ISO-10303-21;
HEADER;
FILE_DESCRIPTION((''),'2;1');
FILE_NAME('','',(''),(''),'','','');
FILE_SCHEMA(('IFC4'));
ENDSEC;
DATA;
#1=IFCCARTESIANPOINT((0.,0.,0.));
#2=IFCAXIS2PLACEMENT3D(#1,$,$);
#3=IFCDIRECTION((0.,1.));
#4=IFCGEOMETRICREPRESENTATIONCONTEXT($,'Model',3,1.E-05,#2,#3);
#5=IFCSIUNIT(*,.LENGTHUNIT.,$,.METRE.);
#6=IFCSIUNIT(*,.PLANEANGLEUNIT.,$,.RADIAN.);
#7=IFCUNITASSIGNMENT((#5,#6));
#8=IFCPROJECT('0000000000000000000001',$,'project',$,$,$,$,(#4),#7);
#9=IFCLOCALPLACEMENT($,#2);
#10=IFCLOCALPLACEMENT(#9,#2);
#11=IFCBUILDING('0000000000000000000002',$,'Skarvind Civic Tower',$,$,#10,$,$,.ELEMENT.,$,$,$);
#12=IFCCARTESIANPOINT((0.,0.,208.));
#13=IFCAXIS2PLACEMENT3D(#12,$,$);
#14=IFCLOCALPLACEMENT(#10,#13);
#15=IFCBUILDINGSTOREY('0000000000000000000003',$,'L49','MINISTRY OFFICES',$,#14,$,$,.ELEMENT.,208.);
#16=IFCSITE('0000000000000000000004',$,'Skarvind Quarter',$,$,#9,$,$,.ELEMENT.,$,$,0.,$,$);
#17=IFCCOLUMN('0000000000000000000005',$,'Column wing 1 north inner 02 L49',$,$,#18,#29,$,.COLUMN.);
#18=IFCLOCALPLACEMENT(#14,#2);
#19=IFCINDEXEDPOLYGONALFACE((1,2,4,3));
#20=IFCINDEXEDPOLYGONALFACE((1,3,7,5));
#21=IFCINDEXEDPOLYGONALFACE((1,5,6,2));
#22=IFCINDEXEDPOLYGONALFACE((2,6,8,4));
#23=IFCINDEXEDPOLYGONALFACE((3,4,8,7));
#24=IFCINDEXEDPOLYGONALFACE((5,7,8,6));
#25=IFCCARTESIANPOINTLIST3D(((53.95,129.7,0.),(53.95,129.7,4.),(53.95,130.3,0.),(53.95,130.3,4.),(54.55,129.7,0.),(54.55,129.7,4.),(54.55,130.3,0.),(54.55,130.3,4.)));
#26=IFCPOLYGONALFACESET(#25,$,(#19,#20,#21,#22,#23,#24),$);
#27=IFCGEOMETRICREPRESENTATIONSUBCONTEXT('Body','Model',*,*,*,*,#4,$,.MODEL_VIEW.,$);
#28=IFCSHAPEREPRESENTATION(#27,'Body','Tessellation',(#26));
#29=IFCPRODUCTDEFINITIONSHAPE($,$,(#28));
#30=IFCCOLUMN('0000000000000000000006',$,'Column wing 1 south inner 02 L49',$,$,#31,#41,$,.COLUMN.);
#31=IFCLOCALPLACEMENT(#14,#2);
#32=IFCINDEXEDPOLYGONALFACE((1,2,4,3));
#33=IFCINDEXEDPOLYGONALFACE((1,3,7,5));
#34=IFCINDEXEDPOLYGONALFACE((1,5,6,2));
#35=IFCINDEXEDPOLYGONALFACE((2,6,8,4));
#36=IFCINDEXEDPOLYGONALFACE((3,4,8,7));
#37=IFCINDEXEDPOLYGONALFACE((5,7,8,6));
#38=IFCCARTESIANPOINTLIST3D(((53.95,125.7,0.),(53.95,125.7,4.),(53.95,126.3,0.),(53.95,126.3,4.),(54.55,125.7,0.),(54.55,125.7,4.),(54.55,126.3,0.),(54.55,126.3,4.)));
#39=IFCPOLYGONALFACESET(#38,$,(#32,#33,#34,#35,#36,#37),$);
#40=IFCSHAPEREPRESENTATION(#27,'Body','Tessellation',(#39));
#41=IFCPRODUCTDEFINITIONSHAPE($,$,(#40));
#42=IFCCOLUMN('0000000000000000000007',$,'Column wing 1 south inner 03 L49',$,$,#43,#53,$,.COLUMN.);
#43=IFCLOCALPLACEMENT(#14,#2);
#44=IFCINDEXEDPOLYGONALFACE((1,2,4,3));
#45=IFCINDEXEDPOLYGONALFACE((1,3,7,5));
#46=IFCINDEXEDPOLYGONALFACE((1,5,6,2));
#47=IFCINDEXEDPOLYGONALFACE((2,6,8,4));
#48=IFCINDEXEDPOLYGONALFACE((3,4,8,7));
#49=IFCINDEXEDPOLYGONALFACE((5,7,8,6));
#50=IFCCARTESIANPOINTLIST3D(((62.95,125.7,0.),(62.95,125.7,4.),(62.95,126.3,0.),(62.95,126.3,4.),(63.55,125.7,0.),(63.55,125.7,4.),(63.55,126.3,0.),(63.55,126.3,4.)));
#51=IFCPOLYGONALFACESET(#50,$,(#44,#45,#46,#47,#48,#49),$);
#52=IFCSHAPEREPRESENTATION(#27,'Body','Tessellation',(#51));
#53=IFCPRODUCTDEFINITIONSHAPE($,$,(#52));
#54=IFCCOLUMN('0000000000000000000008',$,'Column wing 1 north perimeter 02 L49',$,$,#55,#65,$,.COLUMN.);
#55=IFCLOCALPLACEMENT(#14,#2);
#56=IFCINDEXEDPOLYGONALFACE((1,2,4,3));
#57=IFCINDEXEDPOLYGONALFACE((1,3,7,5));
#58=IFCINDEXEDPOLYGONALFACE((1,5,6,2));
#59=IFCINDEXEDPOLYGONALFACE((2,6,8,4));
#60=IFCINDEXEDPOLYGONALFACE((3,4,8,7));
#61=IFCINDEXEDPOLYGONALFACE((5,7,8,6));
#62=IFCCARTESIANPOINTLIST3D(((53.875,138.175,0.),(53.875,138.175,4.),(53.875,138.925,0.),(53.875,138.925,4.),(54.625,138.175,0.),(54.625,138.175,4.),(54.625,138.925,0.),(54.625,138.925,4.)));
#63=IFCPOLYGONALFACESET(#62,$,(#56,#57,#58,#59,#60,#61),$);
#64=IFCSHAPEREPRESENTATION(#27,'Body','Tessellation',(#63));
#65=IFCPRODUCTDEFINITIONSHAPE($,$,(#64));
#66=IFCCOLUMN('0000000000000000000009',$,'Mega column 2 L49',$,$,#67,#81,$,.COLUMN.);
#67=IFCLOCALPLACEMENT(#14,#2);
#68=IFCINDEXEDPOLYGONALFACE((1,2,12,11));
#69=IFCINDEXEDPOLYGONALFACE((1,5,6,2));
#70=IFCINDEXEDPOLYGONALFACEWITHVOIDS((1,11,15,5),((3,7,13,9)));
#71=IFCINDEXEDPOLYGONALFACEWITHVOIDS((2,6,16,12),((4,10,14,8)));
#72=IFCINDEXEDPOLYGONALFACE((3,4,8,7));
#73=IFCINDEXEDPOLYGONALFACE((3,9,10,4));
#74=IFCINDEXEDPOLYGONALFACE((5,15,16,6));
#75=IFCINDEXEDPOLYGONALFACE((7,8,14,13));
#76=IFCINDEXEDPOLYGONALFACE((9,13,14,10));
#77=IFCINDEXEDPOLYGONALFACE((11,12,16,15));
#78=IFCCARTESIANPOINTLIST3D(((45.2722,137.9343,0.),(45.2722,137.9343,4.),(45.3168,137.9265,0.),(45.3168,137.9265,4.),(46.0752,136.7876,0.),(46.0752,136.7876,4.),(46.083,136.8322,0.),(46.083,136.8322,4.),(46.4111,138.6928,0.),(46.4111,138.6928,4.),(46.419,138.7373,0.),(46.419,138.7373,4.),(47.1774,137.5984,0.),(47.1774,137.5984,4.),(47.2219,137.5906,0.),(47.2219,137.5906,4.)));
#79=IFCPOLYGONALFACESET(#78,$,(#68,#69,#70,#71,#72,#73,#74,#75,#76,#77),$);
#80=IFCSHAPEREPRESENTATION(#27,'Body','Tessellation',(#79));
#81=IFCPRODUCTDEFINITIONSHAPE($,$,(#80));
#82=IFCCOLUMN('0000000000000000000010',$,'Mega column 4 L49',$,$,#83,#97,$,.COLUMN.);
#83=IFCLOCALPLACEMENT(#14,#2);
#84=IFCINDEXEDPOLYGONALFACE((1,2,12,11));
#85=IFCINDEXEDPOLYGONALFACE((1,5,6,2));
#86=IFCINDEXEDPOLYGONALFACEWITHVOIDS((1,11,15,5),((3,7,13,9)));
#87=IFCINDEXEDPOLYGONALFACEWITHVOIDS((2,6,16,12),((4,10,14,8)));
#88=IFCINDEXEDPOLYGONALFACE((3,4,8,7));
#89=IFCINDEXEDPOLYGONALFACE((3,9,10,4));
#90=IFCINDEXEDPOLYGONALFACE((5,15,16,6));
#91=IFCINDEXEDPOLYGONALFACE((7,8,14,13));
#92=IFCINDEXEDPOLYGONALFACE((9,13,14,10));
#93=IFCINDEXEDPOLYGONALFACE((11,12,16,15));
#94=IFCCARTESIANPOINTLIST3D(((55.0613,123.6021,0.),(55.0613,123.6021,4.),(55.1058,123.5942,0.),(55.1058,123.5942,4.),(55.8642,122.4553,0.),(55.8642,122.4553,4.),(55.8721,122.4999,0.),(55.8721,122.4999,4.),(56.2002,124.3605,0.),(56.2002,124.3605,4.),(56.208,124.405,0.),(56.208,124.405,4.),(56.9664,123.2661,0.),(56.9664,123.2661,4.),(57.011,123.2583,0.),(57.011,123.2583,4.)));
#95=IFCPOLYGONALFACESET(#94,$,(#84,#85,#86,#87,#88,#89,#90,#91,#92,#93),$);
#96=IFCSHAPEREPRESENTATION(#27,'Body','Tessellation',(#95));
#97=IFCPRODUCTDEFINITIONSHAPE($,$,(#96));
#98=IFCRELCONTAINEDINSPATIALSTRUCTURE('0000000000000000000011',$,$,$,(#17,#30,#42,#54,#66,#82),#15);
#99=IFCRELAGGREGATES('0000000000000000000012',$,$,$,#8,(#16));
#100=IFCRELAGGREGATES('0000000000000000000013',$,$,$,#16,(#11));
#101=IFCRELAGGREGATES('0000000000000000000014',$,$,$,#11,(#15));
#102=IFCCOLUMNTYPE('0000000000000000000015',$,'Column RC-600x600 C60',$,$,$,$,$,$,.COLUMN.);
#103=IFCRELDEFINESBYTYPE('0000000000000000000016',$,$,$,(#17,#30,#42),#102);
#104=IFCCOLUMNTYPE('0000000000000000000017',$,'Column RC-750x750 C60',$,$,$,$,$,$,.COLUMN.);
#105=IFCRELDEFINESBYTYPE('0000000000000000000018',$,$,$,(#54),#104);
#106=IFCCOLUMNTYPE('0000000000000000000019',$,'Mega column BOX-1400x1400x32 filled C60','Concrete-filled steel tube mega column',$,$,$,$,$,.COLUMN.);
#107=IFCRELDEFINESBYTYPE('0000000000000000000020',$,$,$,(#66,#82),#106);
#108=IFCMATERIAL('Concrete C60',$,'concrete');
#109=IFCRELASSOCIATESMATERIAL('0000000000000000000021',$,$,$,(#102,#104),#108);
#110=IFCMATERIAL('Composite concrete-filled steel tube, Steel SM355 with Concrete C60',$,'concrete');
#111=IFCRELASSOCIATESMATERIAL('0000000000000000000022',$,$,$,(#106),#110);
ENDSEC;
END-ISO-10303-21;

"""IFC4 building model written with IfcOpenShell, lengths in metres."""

from ifc_helpers import new_model, si_unit, direction, frame, origin, origin_2d, place, context, subcontext, project, spatial, rectangle, hollow_rectangle, extrude, material, material_profile, profile_set, type_object, element, save


model = new_model("IFC4")

# Units and contexts
model_context = context("Model", 3, precision=1e-05, world=origin(), true_north=direction((0.0, 1.0)))
body_context = subcontext(model_context, "Body", "Model", "MODEL_VIEW")
ifc_project = project(units=[si_unit("LENGTHUNIT", "METRE"), si_unit("PLANEANGLEUNIT", "RADIAN")], contexts=[model_context])

# Site, building, storey
site_placement = place(None, origin())
site = spatial("IfcSite", under=ifc_project, at=site_placement, Name="Skarvind Quarter", CompositionType="ELEMENT", RefElevation=0.0)
building_placement = place(site_placement, origin())
building = spatial("IfcBuilding", under=site, at=building_placement, Name="Skarvind Civic Tower", CompositionType="ELEMENT")
storey_placement = place(building_placement, frame((0.0, 0.0, 208.0)))
storey = spatial("IfcBuildingStorey", under=building, at=storey_placement, Name="L49", Description="MINISTRY OFFICES", CompositionType="ELEMENT", Elevation=208.0)

# Columns
ifc_material_1 = material(Name="Concrete C60", Category="concrete")
ifc_material_profile_1 = material_profile(ifc_material_1, rectangle(XDim=0.6001, YDim=0.6001, at=origin_2d()), Name="RC-600x600")
ifc_profile_set_1 = profile_set([ifc_material_profile_1], Name="Concrete C60")
column_type_1 = type_object("IfcColumnType", Name="Column RC-600x600 C60", PredefinedType="COLUMN", material=ifc_profile_set_1)
for number, where, z_axis, x_axis, name in (
    (1, (54.25, 130.0, 0.0), (0.0, 0.0, 1.0), (1.0, 0.0, 0.0), "Column wing 1 north inner 02 L49"),
    (2, (54.25, 126.0, 0.0), (0.0, 0.0, 1.0), (1.0, 0.0, 0.0), "Column wing 1 south inner 02 L49"),
    (3, (63.25, 126.0, 0.0), (0.0, 0.0, 1.0), (1.0, 0.0, 0.0), "Column wing 1 south inner 03 L49"),
):
    element("IfcColumn", number, at=place(storey_placement, frame(where, z_axis=z_axis, x_axis=x_axis)), inside=storey, type_object=column_type_1, Name=name, PredefinedType="COLUMN", context=body_context, shape_type="SweptSolid", body=[
        extrude(rectangle(XDim=0.6001, YDim=0.6001, at=origin_2d()), origin(), (0.0, 0.0, 1.0), 4.0),
    ])
ifc_material_profile_2 = material_profile(ifc_material_1, rectangle(XDim=0.75, YDim=0.75, at=origin_2d()), Name="RC-750x750")
ifc_profile_set_2 = profile_set([ifc_material_profile_2], Name="Concrete C60")
column_type_2 = type_object("IfcColumnType", Name="Column RC-750x750 C60", PredefinedType="COLUMN", material=ifc_profile_set_2)
column_placement = place(storey_placement, frame((54.25, 138.55, 0.0), z_axis=(0.0, 0.0, 1.0), x_axis=(1.0, 0.0, 0.0)))
element("IfcColumn", 4, at=column_placement, inside=storey, type_object=column_type_2, Name="Column wing 1 north perimeter 02 L49", PredefinedType="COLUMN", context=body_context, shape_type="SweptSolid", body=[
    extrude(rectangle(XDim=0.75, YDim=0.75, at=origin_2d()), origin(), (0.0, 0.0, 1.0), 4.0),
])
ifc_material_2 = material(Name="Composite concrete-filled steel tube, Steel SM355 with Concrete C60", Category="concrete")
ifc_material_profile_3 = material_profile(ifc_material_2, hollow_rectangle(XDim=1.3999, YDim=1.3999, WallThickness=0.032, at=origin_2d()), Name="BOX-1400x1400x32")
ifc_profile_set_3 = profile_set([ifc_material_profile_3], Name="Composite concrete-filled steel tube, Steel SM355 with Concrete C60")
column_type_3 = type_object("IfcColumnType", Name="Mega column BOX-1400x1400x32 filled C60", Description="Concrete-filled steel tube mega column", PredefinedType="COLUMN", material=ifc_profile_set_3)
for number, where, z_axis, x_axis, name in (
    (5, (46.2471, 137.7625, 0.0), (0.0, 0.0, 1.0), (0.573576, -0.819152, 0.0), "Mega column 2 L49"),
    (6, (56.0361, 123.4302, 0.0), (0.0, 0.0, 1.0), (0.573576, -0.819152, 0.0), "Mega column 4 L49"),
):
    element("IfcColumn", number, at=place(storey_placement, frame(where, z_axis=z_axis, x_axis=x_axis)), inside=storey, type_object=column_type_3, Name=name, PredefinedType="COLUMN", context=body_context, shape_type="SweptSolid", body=[
        extrude(hollow_rectangle(XDim=1.3999, YDim=1.3999, WallThickness=0.032, at=origin_2d()), origin(), (0.0, 0.0, 1.0), 4.0),
    ])

save(model, "model.ifc")
